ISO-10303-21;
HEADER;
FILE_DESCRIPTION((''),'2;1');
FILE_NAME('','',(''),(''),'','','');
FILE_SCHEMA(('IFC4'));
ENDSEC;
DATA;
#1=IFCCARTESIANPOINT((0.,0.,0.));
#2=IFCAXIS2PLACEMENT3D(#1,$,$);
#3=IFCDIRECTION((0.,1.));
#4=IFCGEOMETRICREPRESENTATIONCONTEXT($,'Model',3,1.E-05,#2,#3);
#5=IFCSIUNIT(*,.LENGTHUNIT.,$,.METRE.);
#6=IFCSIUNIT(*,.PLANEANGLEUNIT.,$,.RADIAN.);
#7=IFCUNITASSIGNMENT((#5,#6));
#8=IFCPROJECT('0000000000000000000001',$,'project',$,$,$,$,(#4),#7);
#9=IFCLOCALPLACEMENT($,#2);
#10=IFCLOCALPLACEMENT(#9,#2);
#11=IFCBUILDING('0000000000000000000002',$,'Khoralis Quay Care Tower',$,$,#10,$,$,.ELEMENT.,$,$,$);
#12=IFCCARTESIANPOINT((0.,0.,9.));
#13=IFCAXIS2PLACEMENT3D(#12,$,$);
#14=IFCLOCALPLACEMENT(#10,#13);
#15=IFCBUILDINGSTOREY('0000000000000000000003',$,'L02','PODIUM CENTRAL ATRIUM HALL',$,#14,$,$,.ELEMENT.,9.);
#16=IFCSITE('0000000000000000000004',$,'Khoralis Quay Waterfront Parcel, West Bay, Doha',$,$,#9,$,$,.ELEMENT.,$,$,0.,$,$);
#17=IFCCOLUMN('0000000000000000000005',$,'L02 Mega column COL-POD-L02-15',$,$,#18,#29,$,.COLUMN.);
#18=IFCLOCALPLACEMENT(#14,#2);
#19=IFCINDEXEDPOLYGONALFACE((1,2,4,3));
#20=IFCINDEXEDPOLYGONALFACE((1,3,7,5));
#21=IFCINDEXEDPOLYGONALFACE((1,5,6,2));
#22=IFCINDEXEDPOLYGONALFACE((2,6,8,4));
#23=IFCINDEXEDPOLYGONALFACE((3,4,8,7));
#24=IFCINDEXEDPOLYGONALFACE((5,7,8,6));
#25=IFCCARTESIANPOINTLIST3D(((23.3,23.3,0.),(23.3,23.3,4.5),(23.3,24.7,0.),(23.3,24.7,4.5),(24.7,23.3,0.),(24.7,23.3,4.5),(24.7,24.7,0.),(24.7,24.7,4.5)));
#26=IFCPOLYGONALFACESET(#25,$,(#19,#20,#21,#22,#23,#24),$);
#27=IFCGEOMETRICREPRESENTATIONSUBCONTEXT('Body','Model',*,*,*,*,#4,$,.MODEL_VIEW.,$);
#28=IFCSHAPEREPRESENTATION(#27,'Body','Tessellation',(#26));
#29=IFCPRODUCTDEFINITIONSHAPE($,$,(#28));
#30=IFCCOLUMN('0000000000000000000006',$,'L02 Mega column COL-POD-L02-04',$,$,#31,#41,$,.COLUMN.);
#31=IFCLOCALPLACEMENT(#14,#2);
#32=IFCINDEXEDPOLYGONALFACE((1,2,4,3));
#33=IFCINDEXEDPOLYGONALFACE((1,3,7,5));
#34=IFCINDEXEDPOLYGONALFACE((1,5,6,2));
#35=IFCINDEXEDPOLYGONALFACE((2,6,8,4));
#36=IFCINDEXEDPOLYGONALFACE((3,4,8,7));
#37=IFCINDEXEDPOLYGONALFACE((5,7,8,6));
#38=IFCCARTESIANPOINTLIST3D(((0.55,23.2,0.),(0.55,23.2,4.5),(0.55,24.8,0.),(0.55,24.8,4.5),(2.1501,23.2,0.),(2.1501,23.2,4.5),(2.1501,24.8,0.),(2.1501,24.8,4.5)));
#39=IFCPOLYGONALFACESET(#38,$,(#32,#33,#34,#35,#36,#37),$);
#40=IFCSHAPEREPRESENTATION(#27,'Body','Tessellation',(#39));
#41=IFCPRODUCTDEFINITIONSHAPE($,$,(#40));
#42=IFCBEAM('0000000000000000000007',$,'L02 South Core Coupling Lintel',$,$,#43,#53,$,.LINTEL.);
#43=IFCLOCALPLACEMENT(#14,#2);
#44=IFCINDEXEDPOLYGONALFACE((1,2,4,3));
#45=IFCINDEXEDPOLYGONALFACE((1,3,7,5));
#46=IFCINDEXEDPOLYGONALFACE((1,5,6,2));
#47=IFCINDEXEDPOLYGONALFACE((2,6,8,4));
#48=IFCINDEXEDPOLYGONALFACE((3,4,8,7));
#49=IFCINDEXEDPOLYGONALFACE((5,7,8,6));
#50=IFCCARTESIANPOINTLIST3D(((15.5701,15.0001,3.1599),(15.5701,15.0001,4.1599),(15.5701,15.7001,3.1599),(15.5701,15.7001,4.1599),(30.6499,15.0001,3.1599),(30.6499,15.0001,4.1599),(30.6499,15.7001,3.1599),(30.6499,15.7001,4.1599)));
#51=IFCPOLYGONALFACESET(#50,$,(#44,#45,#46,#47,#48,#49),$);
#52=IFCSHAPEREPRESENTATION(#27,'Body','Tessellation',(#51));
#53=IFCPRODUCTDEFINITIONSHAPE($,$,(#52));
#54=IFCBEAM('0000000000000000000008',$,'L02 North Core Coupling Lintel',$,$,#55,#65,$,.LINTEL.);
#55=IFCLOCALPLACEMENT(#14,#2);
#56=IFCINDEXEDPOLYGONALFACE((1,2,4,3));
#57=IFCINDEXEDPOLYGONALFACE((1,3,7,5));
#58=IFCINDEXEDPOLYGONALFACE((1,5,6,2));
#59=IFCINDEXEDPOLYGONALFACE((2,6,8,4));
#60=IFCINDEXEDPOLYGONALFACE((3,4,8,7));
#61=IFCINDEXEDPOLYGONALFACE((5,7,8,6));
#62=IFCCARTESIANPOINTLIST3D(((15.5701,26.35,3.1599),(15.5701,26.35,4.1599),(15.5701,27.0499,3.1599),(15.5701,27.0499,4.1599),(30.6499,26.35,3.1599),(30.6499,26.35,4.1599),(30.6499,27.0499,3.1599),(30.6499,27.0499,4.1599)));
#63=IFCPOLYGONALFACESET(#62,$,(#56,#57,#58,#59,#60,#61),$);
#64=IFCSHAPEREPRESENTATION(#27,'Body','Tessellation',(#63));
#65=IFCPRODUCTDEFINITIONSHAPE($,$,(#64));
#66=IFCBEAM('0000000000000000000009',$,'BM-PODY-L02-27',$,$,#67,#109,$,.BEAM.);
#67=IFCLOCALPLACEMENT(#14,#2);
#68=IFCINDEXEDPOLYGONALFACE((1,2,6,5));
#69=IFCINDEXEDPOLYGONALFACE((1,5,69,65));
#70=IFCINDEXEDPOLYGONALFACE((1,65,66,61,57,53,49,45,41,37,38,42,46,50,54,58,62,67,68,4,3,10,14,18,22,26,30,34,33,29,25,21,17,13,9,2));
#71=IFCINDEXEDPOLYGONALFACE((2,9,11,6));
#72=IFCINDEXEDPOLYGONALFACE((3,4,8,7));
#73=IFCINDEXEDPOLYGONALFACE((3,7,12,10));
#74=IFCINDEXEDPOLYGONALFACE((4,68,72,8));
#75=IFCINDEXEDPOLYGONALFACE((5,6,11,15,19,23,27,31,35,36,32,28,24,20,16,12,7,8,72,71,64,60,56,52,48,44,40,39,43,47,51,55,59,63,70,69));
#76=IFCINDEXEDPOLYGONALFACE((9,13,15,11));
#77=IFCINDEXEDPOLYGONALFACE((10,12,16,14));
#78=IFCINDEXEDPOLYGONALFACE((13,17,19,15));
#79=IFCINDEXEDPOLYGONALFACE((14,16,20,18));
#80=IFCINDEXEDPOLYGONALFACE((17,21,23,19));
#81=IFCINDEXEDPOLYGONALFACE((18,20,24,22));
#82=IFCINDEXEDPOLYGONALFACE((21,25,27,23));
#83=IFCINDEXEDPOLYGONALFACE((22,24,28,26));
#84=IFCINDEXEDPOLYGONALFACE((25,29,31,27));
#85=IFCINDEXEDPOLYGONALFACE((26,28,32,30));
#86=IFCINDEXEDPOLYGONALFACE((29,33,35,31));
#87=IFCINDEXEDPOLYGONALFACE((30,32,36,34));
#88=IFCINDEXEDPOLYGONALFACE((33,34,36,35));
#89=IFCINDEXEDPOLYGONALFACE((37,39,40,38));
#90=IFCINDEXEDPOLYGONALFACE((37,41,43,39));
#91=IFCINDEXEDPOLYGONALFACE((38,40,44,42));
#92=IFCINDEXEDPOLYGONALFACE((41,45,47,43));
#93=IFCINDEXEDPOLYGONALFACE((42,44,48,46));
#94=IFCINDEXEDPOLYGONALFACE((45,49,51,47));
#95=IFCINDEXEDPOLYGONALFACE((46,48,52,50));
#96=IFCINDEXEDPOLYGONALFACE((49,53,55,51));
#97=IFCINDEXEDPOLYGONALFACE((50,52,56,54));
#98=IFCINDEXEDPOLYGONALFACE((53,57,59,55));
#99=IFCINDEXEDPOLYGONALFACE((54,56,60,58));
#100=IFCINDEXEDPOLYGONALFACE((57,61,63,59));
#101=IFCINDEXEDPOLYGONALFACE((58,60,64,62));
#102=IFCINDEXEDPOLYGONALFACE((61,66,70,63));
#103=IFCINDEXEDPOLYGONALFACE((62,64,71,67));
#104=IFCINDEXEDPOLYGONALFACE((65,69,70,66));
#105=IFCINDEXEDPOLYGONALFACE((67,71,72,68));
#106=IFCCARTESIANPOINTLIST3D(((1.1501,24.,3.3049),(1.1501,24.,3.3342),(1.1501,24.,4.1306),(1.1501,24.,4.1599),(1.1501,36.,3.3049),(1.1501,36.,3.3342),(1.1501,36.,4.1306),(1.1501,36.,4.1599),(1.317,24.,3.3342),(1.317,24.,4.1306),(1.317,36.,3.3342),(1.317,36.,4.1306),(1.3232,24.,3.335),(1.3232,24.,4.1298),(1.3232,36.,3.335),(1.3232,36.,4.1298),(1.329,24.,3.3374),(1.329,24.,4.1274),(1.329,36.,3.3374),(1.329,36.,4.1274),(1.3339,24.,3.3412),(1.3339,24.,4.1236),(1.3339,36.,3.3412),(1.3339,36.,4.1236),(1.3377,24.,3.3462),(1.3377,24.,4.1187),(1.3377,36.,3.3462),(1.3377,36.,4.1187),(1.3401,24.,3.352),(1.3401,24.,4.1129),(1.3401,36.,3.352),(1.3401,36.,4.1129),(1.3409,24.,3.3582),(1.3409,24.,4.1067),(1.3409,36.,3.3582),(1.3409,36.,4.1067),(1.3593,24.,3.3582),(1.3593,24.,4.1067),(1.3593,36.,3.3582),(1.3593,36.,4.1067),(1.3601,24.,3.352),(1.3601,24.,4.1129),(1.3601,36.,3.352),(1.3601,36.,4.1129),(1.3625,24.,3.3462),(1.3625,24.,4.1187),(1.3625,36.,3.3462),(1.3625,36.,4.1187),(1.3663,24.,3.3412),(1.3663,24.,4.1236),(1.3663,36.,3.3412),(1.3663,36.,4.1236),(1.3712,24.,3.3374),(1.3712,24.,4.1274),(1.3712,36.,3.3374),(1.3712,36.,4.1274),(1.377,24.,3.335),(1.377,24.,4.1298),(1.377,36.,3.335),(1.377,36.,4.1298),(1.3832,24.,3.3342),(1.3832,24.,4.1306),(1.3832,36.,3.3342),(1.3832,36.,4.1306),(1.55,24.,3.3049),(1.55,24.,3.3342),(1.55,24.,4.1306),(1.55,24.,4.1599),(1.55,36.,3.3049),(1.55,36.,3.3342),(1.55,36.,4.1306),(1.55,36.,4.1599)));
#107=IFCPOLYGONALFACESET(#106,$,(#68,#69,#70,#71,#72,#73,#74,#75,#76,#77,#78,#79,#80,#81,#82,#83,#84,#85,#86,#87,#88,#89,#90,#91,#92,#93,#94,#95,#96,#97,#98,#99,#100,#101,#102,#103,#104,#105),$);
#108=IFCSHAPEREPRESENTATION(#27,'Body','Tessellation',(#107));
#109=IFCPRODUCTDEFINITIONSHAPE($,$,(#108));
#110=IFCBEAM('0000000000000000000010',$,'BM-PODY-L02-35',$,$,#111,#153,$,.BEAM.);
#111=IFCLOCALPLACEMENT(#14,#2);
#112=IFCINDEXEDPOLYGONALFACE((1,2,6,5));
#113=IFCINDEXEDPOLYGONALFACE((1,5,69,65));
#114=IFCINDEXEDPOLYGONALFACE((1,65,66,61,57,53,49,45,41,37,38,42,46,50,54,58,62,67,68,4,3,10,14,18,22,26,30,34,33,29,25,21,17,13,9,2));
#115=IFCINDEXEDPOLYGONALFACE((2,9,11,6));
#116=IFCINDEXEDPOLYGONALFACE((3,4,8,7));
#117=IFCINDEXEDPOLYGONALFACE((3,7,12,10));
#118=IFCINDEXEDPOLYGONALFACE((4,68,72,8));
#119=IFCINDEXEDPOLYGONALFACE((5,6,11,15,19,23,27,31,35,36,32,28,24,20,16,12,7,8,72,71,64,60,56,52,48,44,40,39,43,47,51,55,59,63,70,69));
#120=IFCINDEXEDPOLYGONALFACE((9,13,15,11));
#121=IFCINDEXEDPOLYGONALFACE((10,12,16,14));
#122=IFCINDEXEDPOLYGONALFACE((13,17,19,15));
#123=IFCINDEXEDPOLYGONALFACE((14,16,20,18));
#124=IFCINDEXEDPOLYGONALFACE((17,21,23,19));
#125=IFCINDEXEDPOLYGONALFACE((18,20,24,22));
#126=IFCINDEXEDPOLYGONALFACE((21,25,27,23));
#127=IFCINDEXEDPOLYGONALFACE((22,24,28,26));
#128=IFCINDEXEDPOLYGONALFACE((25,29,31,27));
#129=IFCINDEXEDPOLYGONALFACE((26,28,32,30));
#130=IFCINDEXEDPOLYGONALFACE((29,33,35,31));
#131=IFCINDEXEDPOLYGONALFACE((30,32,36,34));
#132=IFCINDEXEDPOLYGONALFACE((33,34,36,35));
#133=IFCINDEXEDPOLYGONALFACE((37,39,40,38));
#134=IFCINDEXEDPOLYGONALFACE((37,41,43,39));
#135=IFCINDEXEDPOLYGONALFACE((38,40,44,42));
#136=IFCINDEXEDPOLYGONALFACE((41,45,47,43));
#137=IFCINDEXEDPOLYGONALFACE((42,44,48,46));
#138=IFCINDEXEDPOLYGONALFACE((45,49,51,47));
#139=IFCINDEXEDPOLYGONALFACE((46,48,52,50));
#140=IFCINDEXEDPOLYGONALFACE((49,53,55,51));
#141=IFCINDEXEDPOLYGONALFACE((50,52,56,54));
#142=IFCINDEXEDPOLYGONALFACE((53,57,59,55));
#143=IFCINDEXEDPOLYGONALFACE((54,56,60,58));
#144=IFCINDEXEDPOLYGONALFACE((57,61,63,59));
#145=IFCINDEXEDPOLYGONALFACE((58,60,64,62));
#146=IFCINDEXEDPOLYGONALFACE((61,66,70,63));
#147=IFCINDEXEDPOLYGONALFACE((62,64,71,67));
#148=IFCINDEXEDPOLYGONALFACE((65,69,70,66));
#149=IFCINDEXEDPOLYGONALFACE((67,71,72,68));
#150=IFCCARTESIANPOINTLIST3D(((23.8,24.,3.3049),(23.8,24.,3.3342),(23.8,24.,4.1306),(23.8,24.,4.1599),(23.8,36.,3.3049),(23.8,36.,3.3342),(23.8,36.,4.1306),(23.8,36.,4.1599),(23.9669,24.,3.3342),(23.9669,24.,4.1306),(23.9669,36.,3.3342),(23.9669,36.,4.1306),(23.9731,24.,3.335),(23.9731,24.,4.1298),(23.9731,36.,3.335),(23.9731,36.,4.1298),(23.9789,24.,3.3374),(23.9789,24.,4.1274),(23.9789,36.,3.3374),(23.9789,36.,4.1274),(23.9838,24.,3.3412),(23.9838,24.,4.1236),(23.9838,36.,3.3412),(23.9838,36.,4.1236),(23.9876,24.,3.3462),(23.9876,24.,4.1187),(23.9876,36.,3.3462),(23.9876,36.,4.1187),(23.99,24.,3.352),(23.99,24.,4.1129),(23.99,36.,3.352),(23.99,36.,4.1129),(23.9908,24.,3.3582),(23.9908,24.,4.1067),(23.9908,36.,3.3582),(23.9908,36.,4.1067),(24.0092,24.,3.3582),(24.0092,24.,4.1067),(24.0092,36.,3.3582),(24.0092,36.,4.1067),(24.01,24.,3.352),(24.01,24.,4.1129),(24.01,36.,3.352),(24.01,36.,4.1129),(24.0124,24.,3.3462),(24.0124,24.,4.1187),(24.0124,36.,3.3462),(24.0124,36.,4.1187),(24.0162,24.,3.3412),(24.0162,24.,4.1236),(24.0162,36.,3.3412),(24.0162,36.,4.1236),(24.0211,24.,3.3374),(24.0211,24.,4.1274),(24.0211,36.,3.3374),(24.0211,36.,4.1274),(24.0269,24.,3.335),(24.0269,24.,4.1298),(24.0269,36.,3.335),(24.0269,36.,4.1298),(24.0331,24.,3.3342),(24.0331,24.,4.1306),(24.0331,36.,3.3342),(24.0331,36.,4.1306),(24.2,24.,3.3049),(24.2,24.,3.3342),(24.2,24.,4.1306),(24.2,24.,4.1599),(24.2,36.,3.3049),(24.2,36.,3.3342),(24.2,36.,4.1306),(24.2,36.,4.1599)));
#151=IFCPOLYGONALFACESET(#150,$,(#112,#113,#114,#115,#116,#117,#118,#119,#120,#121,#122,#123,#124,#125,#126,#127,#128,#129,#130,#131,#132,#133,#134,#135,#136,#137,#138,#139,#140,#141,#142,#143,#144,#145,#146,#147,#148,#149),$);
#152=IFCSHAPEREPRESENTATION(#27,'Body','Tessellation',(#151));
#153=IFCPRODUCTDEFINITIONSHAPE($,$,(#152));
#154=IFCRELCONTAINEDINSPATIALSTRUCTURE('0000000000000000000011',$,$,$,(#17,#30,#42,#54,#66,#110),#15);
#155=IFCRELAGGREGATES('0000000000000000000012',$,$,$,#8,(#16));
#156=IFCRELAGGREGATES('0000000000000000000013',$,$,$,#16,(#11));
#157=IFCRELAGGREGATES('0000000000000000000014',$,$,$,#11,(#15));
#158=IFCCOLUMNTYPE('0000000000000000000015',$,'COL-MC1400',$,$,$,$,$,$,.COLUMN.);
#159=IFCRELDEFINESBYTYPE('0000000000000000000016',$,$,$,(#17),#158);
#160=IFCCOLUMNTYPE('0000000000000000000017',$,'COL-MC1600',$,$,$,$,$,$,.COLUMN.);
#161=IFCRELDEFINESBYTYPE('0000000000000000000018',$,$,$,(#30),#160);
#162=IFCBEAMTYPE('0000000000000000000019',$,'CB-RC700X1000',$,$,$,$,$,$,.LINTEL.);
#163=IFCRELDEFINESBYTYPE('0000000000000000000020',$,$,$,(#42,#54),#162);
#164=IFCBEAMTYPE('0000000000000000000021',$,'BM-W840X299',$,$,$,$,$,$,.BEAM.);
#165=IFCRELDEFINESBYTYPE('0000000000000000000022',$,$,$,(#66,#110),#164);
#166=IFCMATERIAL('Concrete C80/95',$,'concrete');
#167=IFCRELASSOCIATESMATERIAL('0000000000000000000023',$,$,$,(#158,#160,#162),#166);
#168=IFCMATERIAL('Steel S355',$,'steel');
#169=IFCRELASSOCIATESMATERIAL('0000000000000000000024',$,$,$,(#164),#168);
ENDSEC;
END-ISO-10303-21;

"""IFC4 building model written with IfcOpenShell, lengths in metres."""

from ifc_helpers import new_model, si_unit, direction, frame, origin, origin_2d, place, context, subcontext, project, spatial, rectangle, i_section, extrude, source, transform, mapped, material, material_profile, profile_set, type_object, element, save


model = new_model("IFC4")

# Units and contexts
model_context = context("Model", 3, precision=1e-05, world=origin(), true_north=direction((0.0, 1.0)))
body_context = subcontext(model_context, "Body", "Model", "MODEL_VIEW")
ifc_project = project(units=[si_unit("LENGTHUNIT", "METRE"), si_unit("PLANEANGLEUNIT", "RADIAN")], contexts=[model_context])

# Site, building, storey
site_placement = place(None, origin())
site = spatial("IfcSite", under=ifc_project, at=site_placement, Name="Khoralis Quay Waterfront Parcel, West Bay, Doha", CompositionType="ELEMENT", RefElevation=0.0)
building_placement = place(site_placement, origin())
building = spatial("IfcBuilding", under=site, at=building_placement, Name="Khoralis Quay Care Tower", CompositionType="ELEMENT")
storey_placement = place(building_placement, frame((0.0, 0.0, 9.0)))
storey = spatial("IfcBuildingStorey", under=building, at=storey_placement, Name="L02", Description="PODIUM CENTRAL ATRIUM HALL", CompositionType="ELEMENT", Elevation=9.0)

# Columns
ifc_material_1 = material(Name="Concrete C80/95", Category="concrete")
ifc_material_profile_1 = material_profile(ifc_material_1, rectangle(XDim=1.3999, YDim=1.3999, at=origin_2d()), Name="Concrete C80/95")
ifc_profile_set_1 = profile_set([ifc_material_profile_1], Name="Concrete C80/95")
column_type_1 = type_object("IfcColumnType", Name="COL-MC1400", PredefinedType="COLUMN", material=ifc_profile_set_1)
shared_shape_1 = source(origin(), body_context, "Body", "SweptSolid", [
    extrude(rectangle(XDim=1.3999, YDim=1.3999, at=origin_2d()), origin(), (0.0, 0.0, 1.0), 4.5),
])
column_1_placement = place(storey_placement, frame((24.0, 24.0, 0.0), z_axis=(0.0, 0.0, 1.0), x_axis=(1.0, 0.0, 0.0)))
element("IfcColumn", 1, at=column_1_placement, inside=storey, type_object=column_type_1, Name="L02 Mega column COL-POD-L02-15", PredefinedType="COLUMN", context=body_context, shape_type="MappedRepresentation", body=[
    mapped(shared_shape_1, transform((0.0, 0.0, 0.0), scale=1.0)),
])
ifc_material_profile_2 = material_profile(ifc_material_1, rectangle(XDim=1.6001, YDim=1.6001, at=origin_2d()), Name="Concrete C80/95")
ifc_profile_set_2 = profile_set([ifc_material_profile_2], Name="Concrete C80/95")
column_type_2 = type_object("IfcColumnType", Name="COL-MC1600", PredefinedType="COLUMN", material=ifc_profile_set_2)
shared_shape_2 = source(origin(), body_context, "Body", "SweptSolid", [
    extrude(rectangle(XDim=1.6001, YDim=1.6001, at=origin_2d()), origin(), (0.0, 0.0, 1.0), 4.5),
])
column_2_placement = place(storey_placement, frame((1.3501, 24.0, 0.0), z_axis=(0.0, 0.0, 1.0), x_axis=(1.0, 0.0, 0.0)))
element("IfcColumn", 2, at=column_2_placement, inside=storey, type_object=column_type_2, Name="L02 Mega column COL-POD-L02-04", PredefinedType="COLUMN", context=body_context, shape_type="MappedRepresentation", body=[
    mapped(shared_shape_2, transform((0.0, 0.0, 0.0), scale=1.0)),
])

# Beams
ifc_material_profile_3 = material_profile(ifc_material_1, rectangle(XDim=0.7, YDim=1.0, at=origin_2d()), Name="Concrete C80/95")
ifc_profile_set_3 = profile_set([ifc_material_profile_3], Name="Concrete C80/95")
beam_type_1 = type_object("IfcBeamType", Name="CB-RC700X1000", PredefinedType="LINTEL", material=ifc_profile_set_3)
shared_shape_3 = source(origin(), body_context, "Body", "SweptSolid", [
    extrude(rectangle(XDim=0.7, YDim=1.0, at=origin_2d()), origin(), (0.0, 0.0, 1.0), 15.0798),
])
for number, where, z_axis, x_axis, name in (
    (3, (15.5701, 15.3501, 3.6599), (1.0, 0.0, 0.0), (0.0, 1.0, 0.0), "L02 South Core Coupling Lintel"),
    (4, (15.5701, 26.7, 3.6599), (1.0, 0.0, 0.0), (0.0, 1.0, 0.0), "L02 North Core Coupling Lintel"),
):
    element("IfcBeam", number, at=place(storey_placement, frame(where, z_axis=z_axis, x_axis=x_axis)), inside=storey, type_object=beam_type_1, Name=name, PredefinedType="LINTEL", context=body_context, shape_type="MappedRepresentation", body=[
        mapped(shared_shape_3, transform((0.0, 0.0, 0.0), scale=1.0)),
    ])
ifc_material_2 = material(Name="Steel S355", Category="steel")
ifc_material_profile_4 = material_profile(ifc_material_2, i_section(OverallWidth=0.3999, OverallDepth=0.855, WebThickness=0.0183, FlangeThickness=0.0293, FilletRadius=0.0239, at=origin_2d()), Name="Steel S355")
ifc_profile_set_4 = profile_set([ifc_material_profile_4], Name="Steel S355")
beam_type_2 = type_object("IfcBeamType", Name="BM-W840X299", PredefinedType="BEAM", material=ifc_profile_set_4)
shared_shape_4 = source(origin(), body_context, "Body", "SweptSolid", [
    extrude(i_section(OverallWidth=0.3999, OverallDepth=0.855, WebThickness=0.0183, FlangeThickness=0.0293, FilletRadius=0.0239, at=origin_2d()), origin(), (0.0, 0.0, 1.0), 12.0),
])
for number, where, z_axis, x_axis, name in (
    (5, (1.3501, 24.0, 3.7324), (0.0, 1.0, 0.0), (-1.0, 0.0, 0.0), "BM-PODY-L02-27"),
    (6, (24.0, 24.0, 3.7324), (0.0, 1.0, 0.0), (-1.0, 0.0, 0.0), "BM-PODY-L02-35"),
):
    element("IfcBeam", number, at=place(storey_placement, frame(where, z_axis=z_axis, x_axis=x_axis)), inside=storey, type_object=beam_type_2, Name=name, PredefinedType="BEAM", context=body_context, shape_type="MappedRepresentation", body=[
        mapped(shared_shape_4, transform((0.0, 0.0, 0.0), scale=1.0)),
    ])

save(model, "model.ifc")
